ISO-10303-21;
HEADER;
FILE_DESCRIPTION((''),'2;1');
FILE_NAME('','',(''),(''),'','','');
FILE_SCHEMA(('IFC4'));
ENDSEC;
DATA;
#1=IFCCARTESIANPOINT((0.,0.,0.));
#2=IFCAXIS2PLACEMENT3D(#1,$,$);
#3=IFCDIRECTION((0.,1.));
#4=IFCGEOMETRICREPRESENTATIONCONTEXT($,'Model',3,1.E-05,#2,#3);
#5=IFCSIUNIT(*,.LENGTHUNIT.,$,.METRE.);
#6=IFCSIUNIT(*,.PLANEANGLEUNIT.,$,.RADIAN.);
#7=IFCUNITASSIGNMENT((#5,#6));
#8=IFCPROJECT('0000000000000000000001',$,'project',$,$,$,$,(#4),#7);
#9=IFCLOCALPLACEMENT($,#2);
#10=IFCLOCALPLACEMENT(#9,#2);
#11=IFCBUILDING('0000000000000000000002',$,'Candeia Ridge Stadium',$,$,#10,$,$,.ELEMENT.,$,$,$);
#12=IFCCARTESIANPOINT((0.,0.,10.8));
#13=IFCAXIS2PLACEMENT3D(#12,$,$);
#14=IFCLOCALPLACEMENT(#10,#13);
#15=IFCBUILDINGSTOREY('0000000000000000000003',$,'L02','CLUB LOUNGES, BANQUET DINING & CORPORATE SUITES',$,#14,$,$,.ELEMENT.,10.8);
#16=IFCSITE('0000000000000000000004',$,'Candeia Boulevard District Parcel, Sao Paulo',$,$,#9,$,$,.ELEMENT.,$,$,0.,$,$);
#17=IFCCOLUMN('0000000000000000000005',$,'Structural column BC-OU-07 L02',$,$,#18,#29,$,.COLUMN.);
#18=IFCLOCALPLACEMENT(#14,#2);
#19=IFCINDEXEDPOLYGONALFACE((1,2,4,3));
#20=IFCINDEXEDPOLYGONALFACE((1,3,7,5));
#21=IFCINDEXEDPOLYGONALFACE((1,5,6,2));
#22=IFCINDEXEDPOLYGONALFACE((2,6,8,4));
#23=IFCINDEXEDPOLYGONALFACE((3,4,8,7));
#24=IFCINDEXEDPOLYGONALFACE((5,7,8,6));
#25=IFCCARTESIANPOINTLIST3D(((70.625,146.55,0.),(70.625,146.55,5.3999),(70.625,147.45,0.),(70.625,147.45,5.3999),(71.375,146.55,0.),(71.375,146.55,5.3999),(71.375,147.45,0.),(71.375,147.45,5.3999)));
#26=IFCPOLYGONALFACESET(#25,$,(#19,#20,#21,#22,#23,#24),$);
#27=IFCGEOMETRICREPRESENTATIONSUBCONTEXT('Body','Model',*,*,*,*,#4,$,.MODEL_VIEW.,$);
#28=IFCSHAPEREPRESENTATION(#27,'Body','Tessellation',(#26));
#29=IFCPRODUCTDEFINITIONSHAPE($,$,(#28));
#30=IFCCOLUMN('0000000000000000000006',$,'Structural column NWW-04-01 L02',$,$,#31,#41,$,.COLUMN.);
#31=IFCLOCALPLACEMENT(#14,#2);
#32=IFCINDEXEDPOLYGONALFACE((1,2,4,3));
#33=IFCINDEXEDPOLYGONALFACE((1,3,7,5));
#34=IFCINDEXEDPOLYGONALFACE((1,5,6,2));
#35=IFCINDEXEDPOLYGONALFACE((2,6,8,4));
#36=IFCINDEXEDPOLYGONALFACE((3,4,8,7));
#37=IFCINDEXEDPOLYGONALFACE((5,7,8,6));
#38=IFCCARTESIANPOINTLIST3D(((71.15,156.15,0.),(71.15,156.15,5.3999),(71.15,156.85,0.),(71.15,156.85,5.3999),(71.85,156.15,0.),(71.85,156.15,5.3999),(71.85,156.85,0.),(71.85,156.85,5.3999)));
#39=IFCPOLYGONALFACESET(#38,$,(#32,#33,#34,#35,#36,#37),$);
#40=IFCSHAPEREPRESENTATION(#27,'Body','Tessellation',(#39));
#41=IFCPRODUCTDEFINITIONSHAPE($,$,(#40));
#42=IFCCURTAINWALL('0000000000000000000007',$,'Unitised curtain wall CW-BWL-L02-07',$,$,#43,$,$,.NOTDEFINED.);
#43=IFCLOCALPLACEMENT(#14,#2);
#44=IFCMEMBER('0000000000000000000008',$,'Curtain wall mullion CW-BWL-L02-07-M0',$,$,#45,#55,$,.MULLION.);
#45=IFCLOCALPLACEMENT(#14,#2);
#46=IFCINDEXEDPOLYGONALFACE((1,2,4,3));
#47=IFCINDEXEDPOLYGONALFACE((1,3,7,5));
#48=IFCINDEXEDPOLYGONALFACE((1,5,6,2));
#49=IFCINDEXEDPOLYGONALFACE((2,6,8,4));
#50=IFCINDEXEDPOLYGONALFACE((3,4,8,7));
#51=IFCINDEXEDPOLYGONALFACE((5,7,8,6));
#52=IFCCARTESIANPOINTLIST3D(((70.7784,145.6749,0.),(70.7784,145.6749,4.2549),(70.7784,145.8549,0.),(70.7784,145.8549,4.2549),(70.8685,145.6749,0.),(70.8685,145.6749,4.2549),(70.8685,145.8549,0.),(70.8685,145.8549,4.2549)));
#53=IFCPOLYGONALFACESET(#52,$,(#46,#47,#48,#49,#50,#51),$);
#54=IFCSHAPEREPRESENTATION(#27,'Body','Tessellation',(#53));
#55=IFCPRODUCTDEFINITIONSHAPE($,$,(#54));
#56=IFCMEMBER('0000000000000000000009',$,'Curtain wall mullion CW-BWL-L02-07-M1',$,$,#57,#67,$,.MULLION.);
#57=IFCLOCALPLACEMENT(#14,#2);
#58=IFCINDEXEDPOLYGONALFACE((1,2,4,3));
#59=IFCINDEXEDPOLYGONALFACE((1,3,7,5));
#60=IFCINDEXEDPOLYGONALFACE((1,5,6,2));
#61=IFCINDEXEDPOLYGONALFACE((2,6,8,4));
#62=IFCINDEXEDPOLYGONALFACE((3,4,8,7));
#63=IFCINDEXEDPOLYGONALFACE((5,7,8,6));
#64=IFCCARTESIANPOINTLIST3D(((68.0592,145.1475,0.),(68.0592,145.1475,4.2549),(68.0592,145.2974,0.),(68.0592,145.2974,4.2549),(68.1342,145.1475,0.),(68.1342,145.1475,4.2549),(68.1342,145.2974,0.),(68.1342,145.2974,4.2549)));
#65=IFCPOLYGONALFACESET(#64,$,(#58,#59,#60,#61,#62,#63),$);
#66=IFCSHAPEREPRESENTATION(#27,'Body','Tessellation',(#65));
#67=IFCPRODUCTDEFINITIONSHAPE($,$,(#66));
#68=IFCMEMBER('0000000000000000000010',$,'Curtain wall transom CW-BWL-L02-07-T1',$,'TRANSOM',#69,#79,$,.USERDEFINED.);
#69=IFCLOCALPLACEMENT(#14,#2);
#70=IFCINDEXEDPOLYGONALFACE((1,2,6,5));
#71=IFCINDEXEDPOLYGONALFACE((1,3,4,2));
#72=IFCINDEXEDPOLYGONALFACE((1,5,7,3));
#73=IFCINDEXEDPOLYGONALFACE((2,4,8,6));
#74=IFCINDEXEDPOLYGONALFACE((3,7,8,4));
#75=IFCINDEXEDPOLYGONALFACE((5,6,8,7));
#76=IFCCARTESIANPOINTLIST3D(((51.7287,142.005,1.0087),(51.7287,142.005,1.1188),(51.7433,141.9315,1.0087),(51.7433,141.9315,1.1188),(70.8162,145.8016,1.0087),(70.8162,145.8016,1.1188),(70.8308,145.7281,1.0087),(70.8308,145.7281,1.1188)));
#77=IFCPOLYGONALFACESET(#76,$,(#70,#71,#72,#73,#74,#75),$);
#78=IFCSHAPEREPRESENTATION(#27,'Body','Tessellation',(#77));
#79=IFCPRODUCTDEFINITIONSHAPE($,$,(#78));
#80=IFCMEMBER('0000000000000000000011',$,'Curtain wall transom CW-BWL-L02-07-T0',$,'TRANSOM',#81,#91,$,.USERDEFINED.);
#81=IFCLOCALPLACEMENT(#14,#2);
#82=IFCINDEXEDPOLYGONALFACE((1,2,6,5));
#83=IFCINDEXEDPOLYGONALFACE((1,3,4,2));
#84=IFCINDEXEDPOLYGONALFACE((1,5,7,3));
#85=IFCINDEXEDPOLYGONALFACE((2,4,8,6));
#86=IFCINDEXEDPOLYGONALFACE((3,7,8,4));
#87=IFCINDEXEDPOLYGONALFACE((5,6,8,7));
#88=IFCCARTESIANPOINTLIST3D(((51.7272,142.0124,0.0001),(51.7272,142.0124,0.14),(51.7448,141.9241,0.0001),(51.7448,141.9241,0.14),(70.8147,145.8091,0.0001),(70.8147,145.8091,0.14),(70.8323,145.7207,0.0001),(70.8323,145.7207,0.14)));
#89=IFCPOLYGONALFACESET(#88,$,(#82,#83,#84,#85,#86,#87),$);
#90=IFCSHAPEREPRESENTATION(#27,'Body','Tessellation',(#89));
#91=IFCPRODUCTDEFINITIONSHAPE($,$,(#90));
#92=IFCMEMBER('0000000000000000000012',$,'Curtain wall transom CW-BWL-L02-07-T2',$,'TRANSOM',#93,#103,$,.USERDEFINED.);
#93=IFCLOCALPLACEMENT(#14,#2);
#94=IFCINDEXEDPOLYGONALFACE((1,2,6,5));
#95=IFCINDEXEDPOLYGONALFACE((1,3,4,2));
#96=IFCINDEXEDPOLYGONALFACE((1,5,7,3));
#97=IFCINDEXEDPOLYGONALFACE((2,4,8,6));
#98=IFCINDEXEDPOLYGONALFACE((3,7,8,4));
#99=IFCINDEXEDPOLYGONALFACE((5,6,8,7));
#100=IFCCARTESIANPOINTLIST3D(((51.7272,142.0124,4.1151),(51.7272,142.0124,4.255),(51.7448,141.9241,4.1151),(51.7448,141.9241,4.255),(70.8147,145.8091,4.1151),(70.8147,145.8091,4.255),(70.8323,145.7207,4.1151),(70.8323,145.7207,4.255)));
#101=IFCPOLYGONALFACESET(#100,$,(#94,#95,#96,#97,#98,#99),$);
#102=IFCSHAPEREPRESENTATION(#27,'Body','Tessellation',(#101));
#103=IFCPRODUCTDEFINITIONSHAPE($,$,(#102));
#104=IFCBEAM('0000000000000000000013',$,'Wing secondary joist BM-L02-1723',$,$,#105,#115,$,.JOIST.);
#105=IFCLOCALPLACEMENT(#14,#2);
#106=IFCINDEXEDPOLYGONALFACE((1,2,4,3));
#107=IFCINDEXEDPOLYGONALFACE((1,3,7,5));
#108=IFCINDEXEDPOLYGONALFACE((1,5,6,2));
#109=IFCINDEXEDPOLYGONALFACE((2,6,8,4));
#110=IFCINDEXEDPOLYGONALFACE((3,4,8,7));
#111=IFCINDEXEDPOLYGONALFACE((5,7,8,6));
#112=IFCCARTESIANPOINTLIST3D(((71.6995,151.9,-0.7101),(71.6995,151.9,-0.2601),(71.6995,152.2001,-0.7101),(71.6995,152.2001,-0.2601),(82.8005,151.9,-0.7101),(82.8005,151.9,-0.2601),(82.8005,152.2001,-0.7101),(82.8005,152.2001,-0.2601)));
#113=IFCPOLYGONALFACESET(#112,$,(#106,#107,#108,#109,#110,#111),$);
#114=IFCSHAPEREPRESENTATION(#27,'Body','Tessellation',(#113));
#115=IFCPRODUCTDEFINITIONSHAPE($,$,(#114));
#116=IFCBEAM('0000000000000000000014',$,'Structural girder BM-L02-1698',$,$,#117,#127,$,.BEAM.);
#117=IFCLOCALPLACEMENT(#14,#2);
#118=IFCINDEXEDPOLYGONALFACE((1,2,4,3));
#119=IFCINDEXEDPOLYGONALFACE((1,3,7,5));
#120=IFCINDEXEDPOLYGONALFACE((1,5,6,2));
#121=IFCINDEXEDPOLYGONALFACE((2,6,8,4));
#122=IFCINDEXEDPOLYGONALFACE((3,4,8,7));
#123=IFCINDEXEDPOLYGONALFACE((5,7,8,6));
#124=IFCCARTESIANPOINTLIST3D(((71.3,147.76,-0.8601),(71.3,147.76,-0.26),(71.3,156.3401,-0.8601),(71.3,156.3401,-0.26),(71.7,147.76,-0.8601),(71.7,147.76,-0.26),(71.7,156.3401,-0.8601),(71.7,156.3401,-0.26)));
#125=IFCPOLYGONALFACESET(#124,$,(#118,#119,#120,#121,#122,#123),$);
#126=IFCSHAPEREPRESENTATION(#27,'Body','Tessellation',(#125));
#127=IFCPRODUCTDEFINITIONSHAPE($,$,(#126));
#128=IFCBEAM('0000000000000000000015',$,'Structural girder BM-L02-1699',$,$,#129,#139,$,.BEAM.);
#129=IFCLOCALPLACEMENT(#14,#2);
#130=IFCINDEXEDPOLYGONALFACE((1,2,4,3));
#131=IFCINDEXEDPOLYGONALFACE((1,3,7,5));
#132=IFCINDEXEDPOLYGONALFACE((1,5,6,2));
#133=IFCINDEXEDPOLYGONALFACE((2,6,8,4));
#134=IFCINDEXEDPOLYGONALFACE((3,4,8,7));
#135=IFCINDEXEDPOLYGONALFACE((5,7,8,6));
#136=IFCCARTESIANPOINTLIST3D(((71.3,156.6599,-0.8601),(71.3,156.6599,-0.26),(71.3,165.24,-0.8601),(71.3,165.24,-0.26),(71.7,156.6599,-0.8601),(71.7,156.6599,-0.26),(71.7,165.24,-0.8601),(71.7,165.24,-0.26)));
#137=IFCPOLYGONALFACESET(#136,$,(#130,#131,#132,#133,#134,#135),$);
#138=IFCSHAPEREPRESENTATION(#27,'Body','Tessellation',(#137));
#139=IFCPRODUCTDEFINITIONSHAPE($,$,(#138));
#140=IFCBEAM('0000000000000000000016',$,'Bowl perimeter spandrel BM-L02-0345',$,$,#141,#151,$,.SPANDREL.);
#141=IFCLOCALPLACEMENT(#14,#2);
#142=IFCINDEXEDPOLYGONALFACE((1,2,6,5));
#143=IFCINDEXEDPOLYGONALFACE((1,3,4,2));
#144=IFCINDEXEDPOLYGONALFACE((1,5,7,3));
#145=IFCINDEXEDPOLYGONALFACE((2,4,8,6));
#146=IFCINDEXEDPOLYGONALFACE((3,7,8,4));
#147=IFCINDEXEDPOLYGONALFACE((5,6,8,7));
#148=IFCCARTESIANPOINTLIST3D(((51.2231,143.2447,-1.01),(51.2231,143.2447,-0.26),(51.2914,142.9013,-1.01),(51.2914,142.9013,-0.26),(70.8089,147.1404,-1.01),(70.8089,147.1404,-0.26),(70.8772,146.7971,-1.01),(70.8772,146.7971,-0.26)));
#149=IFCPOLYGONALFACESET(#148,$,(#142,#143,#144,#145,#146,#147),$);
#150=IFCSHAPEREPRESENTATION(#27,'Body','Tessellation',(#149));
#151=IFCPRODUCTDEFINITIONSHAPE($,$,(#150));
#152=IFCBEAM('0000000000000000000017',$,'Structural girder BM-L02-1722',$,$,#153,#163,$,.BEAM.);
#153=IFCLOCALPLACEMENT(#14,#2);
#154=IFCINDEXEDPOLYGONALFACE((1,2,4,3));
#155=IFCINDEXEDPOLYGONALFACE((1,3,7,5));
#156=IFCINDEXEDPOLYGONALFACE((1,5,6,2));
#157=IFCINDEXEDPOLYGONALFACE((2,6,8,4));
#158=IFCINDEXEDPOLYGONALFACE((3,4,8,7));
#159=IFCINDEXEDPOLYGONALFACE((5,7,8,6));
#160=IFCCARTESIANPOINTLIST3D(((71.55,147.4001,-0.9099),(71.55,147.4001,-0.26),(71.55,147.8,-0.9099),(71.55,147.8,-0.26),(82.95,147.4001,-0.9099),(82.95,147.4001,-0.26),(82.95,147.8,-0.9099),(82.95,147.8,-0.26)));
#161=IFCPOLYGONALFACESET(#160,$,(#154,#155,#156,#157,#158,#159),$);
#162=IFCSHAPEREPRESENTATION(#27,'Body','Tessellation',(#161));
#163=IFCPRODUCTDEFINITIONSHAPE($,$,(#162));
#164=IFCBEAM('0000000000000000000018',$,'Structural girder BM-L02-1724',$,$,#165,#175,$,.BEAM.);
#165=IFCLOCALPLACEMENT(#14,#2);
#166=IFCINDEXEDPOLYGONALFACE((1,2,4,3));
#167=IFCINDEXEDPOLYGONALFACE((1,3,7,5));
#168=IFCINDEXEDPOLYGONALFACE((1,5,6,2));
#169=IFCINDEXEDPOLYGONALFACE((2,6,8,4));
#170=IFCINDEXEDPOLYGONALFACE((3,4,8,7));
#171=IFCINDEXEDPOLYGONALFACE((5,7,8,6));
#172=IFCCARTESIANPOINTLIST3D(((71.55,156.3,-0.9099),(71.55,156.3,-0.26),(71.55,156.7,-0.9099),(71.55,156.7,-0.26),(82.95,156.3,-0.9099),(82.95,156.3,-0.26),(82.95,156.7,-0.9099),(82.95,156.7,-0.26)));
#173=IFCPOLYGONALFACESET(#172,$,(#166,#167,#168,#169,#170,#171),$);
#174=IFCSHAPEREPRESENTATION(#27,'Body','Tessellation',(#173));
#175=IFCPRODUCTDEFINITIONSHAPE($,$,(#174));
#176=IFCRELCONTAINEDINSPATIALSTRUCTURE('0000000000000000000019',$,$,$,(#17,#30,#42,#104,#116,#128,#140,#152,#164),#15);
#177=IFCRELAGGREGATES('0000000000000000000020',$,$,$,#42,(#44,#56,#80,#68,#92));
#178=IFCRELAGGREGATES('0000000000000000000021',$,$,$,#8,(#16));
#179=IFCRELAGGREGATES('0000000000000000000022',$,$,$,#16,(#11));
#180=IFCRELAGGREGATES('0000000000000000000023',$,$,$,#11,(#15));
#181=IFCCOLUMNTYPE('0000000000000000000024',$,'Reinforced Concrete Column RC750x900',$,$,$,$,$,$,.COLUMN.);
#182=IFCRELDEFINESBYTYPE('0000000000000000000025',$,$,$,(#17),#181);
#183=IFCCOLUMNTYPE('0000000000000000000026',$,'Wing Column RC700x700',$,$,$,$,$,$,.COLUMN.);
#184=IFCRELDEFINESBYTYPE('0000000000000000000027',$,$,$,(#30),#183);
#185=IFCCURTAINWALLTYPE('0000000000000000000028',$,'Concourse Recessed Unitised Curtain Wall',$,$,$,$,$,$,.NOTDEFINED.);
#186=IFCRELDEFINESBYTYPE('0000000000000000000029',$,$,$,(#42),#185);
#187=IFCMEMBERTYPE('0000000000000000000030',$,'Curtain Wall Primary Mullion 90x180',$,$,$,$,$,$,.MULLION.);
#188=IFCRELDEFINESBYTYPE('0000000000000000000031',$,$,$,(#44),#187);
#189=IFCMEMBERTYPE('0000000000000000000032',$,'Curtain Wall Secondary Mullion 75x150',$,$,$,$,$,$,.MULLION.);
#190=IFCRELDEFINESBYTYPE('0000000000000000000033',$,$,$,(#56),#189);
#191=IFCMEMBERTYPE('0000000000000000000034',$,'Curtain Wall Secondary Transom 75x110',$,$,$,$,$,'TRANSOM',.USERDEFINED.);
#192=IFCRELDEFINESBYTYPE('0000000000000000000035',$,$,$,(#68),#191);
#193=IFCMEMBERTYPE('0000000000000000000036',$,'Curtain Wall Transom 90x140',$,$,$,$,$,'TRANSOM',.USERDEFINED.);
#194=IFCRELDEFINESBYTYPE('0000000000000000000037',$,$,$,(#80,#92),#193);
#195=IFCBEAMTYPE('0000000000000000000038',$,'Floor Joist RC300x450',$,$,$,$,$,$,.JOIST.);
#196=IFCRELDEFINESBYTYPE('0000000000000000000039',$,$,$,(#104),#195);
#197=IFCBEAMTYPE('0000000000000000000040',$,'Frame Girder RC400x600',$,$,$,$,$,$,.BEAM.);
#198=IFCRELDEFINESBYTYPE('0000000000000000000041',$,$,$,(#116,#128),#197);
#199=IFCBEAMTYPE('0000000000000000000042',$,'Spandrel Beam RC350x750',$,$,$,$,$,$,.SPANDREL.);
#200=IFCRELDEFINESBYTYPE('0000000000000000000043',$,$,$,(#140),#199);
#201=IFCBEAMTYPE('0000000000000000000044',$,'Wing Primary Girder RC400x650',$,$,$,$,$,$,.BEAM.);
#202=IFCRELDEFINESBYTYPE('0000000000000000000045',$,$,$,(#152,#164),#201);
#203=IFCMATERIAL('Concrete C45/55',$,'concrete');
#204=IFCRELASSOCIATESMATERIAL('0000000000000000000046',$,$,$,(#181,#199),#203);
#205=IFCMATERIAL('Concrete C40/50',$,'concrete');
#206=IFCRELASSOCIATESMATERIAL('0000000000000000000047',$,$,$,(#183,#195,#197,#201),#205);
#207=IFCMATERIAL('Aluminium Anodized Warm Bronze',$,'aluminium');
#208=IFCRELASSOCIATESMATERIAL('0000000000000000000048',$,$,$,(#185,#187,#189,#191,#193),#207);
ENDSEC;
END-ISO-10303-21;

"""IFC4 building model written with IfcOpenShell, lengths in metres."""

from ifc_helpers import new_model, si_unit, direction, frame, origin, origin_2d, place, context, subcontext, project, spatial, rectangle, extrude, material, material_profile, profile_set, type_object, element, aggregate, save


model = new_model("IFC4")

# Units and contexts
model_context = context("Model", 3, precision=1e-05, world=origin(), true_north=direction((0.0, 1.0)))
body_context = subcontext(model_context, "Body", "Model", "MODEL_VIEW")
ifc_project = project(units=[si_unit("LENGTHUNIT", "METRE"), si_unit("PLANEANGLEUNIT", "RADIAN")], contexts=[model_context])

# Site, building, storey
site_placement = place(None, origin())
site = spatial("IfcSite", under=ifc_project, at=site_placement, Name="Candeia Boulevard District Parcel, Sao Paulo", CompositionType="ELEMENT", RefElevation=0.0)
building_placement = place(site_placement, origin())
building = spatial("IfcBuilding", under=site, at=building_placement, Name="Candeia Ridge Stadium", CompositionType="ELEMENT")
storey_placement = place(building_placement, frame((0.0, 0.0, 10.8)))
storey = spatial("IfcBuildingStorey", under=building, at=storey_placement, Name="L02", Description="CLUB LOUNGES, BANQUET DINING & CORPORATE SUITES", CompositionType="ELEMENT", Elevation=10.8)

# Columns
ifc_material_1 = material(Name="Concrete C45/55", Category="concrete")
ifc_material_profile_1 = material_profile(ifc_material_1, rectangle(XDim=0.75, YDim=0.8999, at=origin_2d()), Name="RC750x900", Category="concrete")
ifc_profile_set_1 = profile_set([ifc_material_profile_1], Name="Concrete C45/55")
column_type_1 = type_object("IfcColumnType", Name="Reinforced Concrete Column RC750x900", PredefinedType="COLUMN", material=ifc_profile_set_1)
column_1_placement = place(storey_placement, frame((71.0, 147.0, 0.0), z_axis=(0.0, 0.0, 1.0), x_axis=(1.0, 0.0, 0.0)))
element("IfcColumn", 1, at=column_1_placement, inside=storey, type_object=column_type_1, Name="Structural column BC-OU-07 L02", PredefinedType="COLUMN", context=body_context, shape_type="SweptSolid", body=[
    extrude(rectangle(XDim=0.75, YDim=0.8999, at=origin_2d()), origin(), (0.0, 0.0, 1.0), 5.3999),
])
ifc_material_2 = material(Name="Concrete C40/50", Category="concrete")
ifc_material_profile_2 = material_profile(ifc_material_2, rectangle(XDim=0.7, YDim=0.7, at=origin_2d()), Name="RC700x700", Category="concrete")
ifc_profile_set_2 = profile_set([ifc_material_profile_2], Name="Concrete C40/50")
column_type_2 = type_object("IfcColumnType", Name="Wing Column RC700x700", PredefinedType="COLUMN", material=ifc_profile_set_2)
column_2_placement = place(storey_placement, frame((71.5, 156.5, 0.0), z_axis=(0.0, 0.0, 1.0), x_axis=(1.0, 0.0, 0.0)))
element("IfcColumn", 2, at=column_2_placement, inside=storey, type_object=column_type_2, Name="Structural column NWW-04-01 L02", PredefinedType="COLUMN", context=body_context, shape_type="SweptSolid", body=[
    extrude(rectangle(XDim=0.7, YDim=0.7, at=origin_2d()), origin(), (0.0, 0.0, 1.0), 5.3999),
])

# Curtain wall, members
ifc_material_3 = material(Name="Aluminium Anodized Warm Bronze", Category="aluminium")
curtain_wall_type = type_object("IfcCurtainWallType", Name="Concourse Recessed Unitised Curtain Wall", PredefinedType="NOTDEFINED", material=ifc_material_3)
curtain_wall_placement = place(storey_placement, origin())
curtain_wall = element("IfcCurtainWall", 3, at=curtain_wall_placement, inside=storey, type_object=curtain_wall_type, Name="Unitised curtain wall CW-BWL-L02-07", PredefinedType="NOTDEFINED")
ifc_material_profile_3 = material_profile(ifc_material_3, rectangle(XDim=0.0901, YDim=0.1799, at=origin_2d()), Name="CWM-90x180", Category="aluminium")
ifc_profile_set_3 = profile_set([ifc_material_profile_3], Name="Aluminium Anodized Warm Bronze")
member_type_1 = type_object("IfcMemberType", Name="Curtain Wall Primary Mullion 90x180", PredefinedType="MULLION", material=ifc_profile_set_3)
member_1_placement = place(storey_placement, frame((70.8235, 145.7649, 0.0), z_axis=(0.0, 0.0, 1.0), x_axis=(1.0, 0.0, 0.0)))
member_1 = element("IfcMember", 4, at=member_1_placement, type_object=member_type_1, Name="Curtain wall mullion CW-BWL-L02-07-M0", PredefinedType="MULLION", context=body_context, shape_type="SweptSolid", body=[
    extrude(rectangle(XDim=0.0901, YDim=0.1799, at=origin_2d()), origin(), (0.0, 0.0, 1.0), 4.2549),
])
ifc_material_profile_4 = material_profile(ifc_material_3, rectangle(XDim=0.075, YDim=0.1499, at=origin_2d()), Name="CWM-75x150", Category="aluminium")
ifc_profile_set_4 = profile_set([ifc_material_profile_4], Name="Aluminium Anodized Warm Bronze")
member_type_2 = type_object("IfcMemberType", Name="Curtain Wall Secondary Mullion 75x150", PredefinedType="MULLION", material=ifc_profile_set_4)
member_2_placement = place(storey_placement, frame((68.0967, 145.2224, 0.0), z_axis=(0.0, 0.0, 1.0), x_axis=(1.0, 0.0, 0.0)))
member_2 = element("IfcMember", 5, at=member_2_placement, type_object=member_type_2, Name="Curtain wall mullion CW-BWL-L02-07-M1", PredefinedType="MULLION", context=body_context, shape_type="SweptSolid", body=[
    extrude(rectangle(XDim=0.075, YDim=0.1499, at=origin_2d()), origin(), (0.0, 0.0, 1.0), 4.2549),
])
ifc_material_profile_5 = material_profile(ifc_material_3, rectangle(XDim=0.075, YDim=0.1101, at=origin_2d()), Name="CWT-75x110", Category="aluminium")
ifc_profile_set_5 = profile_set([ifc_material_profile_5], Name="Aluminium Anodized Warm Bronze")
member_type_3 = type_object("IfcMemberType", Name="Curtain Wall Secondary Transom 75x110", ElementType="TRANSOM", PredefinedType="USERDEFINED", material=ifc_profile_set_5)
member_3_placement = place(storey_placement, frame((70.8235, 145.7649, 1.0637), z_axis=(-0.980786, -0.195086, 0.0), x_axis=(0.195086, -0.980786, 0.0)))
member_3 = element("IfcMember", 6, at=member_3_placement, type_object=member_type_3, Name="Curtain wall transom CW-BWL-L02-07-T1", ObjectType="TRANSOM", PredefinedType="USERDEFINED", context=body_context, shape_type="SweptSolid", body=[
    extrude(rectangle(XDim=0.075, YDim=0.1101, at=origin_2d()), origin(), (0.0, 0.0, 1.0), 19.4614),
])
ifc_material_profile_6 = material_profile(ifc_material_3, rectangle(XDim=0.0901, YDim=0.1399, at=origin_2d()), Name="CWT-90x140", Category="aluminium")
ifc_profile_set_6 = profile_set([ifc_material_profile_6], Name="Aluminium Anodized Warm Bronze")
member_type_4 = type_object("IfcMemberType", Name="Curtain Wall Transom 90x140", ElementType="TRANSOM", PredefinedType="USERDEFINED", material=ifc_profile_set_6)
member_4_placement = place(storey_placement, frame((70.8235, 145.7649, 0.0701), z_axis=(-0.980786, -0.195086, 0.0), x_axis=(0.195086, -0.980786, 0.0)))
member_4 = element("IfcMember", 7, at=member_4_placement, type_object=member_type_4, Name="Curtain wall transom CW-BWL-L02-07-T0", ObjectType="TRANSOM", PredefinedType="USERDEFINED", context=body_context, shape_type="SweptSolid", body=[
    extrude(rectangle(XDim=0.0901, YDim=0.1399, at=origin_2d()), origin(), (0.0, 0.0, 1.0), 19.4614),
])
member_5_placement = place(storey_placement, frame((70.8235, 145.7649, 4.1851), z_axis=(-0.980786, -0.195086, 0.0), x_axis=(0.195086, -0.980786, 0.0)))
member_5 = element("IfcMember", 8, at=member_5_placement, type_object=member_type_4, Name="Curtain wall transom CW-BWL-L02-07-T2", ObjectType="TRANSOM", PredefinedType="USERDEFINED", context=body_context, shape_type="SweptSolid", body=[
    extrude(rectangle(XDim=0.0901, YDim=0.1399, at=origin_2d()), origin(), (0.0, 0.0, 1.0), 19.4614),
])

# Beams
ifc_material_profile_7 = material_profile(ifc_material_2, rectangle(XDim=0.3, YDim=0.45, at=origin_2d()), Name="RC300x450", Category="concrete")
ifc_profile_set_7 = profile_set([ifc_material_profile_7], Name="Concrete C40/50")
beam_type_1 = type_object("IfcBeamType", Name="Floor Joist RC300x450", PredefinedType="JOIST", material=ifc_profile_set_7)
beam_1_placement = place(storey_placement, frame((71.6995, 152.05, -0.4851), z_axis=(1.0, 0.0, 0.0), x_axis=(0.0, 1.0, 0.0)))
element("IfcBeam", 9, at=beam_1_placement, inside=storey, type_object=beam_type_1, Name="Wing secondary joist BM-L02-1723", PredefinedType="JOIST", context=body_context, shape_type="SweptSolid", body=[
    extrude(rectangle(XDim=0.3, YDim=0.45, at=origin_2d()), origin(), (0.0, 0.0, 1.0), 11.1011),
])
ifc_material_profile_8 = material_profile(ifc_material_2, rectangle(XDim=0.3999, YDim=0.6001, at=origin_2d()), Name="RC400x600", Category="concrete")
ifc_profile_set_8 = profile_set([ifc_material_profile_8], Name="Concrete C40/50")
beam_type_2 = type_object("IfcBeamType", Name="Frame Girder RC400x600", PredefinedType="BEAM", material=ifc_profile_set_8)
for number, where, z_axis, x_axis, name in (
    (10, (71.5, 147.76, -0.5601), (0.0, 1.0, 0.0), (-1.0, 0.0, 0.0), "Structural girder BM-L02-1698"),
    (11, (71.5, 156.6599, -0.5601), (0.0, 1.0, 0.0), (-1.0, 0.0, 0.0), "Structural girder BM-L02-1699"),
):
    element("IfcBeam", number, at=place(storey_placement, frame(where, z_axis=z_axis, x_axis=x_axis)), inside=storey, type_object=beam_type_2, Name=name, PredefinedType="BEAM", context=body_context, shape_type="SweptSolid", body=[
        extrude(rectangle(XDim=0.3999, YDim=0.6001, at=origin_2d()), origin(), (0.0, 0.0, 1.0), 8.5801),
    ])
ifc_material_profile_9 = material_profile(ifc_material_1, rectangle(XDim=0.3501, YDim=0.75, at=origin_2d()), Name="RC350x750", Category="concrete")
ifc_profile_set_9 = profile_set([ifc_material_profile_9], Name="Concrete C45/55")
beam_type_3 = type_object("IfcBeamType", Name="Spandrel Beam RC350x750", PredefinedType="SPANDREL", material=ifc_profile_set_9)
beam_2_placement = place(storey_placement, frame((70.843, 146.9688, -0.635), z_axis=(-0.980786, -0.195086, 0.0), x_axis=(0.195086, -0.980786, 0.0)))
element("IfcBeam", 12, at=beam_2_placement, inside=storey, type_object=beam_type_3, Name="Bowl perimeter spandrel BM-L02-0345", PredefinedType="SPANDREL", context=body_context, shape_type="SweptSolid", body=[
    extrude(rectangle(XDim=0.3501, YDim=0.75, at=origin_2d()), origin(), (0.0, 0.0, 1.0), 19.9695),
])
ifc_material_profile_10 = material_profile(ifc_material_2, rectangle(XDim=0.3999, YDim=0.6499, at=origin_2d()), Name="RC400x650", Category="concrete")
ifc_profile_set_10 = profile_set([ifc_material_profile_10], Name="Concrete C40/50")
beam_type_4 = type_object("IfcBeamType", Name="Wing Primary Girder RC400x650", PredefinedType="BEAM", material=ifc_profile_set_10)
for number, where, z_axis, x_axis, name in (
    (13, (71.55, 147.6001, -0.585), (1.0, 0.0, 0.0), (0.0, 1.0, 0.0), "Structural girder BM-L02-1722"),
    (14, (71.55, 156.5, -0.585), (1.0, 0.0, 0.0), (0.0, 1.0, 0.0), "Structural girder BM-L02-1724"),
):
    element("IfcBeam", number, at=place(storey_placement, frame(where, z_axis=z_axis, x_axis=x_axis)), inside=storey, type_object=beam_type_4, Name=name, PredefinedType="BEAM", context=body_context, shape_type="SweptSolid", body=[
        extrude(rectangle(XDim=0.3999, YDim=0.6499, at=origin_2d()), origin(), (0.0, 0.0, 1.0), 11.3999),
    ])

aggregate(curtain_wall, [member_1, member_2, member_4, member_3, member_5])

save(model, "model.ifc")
